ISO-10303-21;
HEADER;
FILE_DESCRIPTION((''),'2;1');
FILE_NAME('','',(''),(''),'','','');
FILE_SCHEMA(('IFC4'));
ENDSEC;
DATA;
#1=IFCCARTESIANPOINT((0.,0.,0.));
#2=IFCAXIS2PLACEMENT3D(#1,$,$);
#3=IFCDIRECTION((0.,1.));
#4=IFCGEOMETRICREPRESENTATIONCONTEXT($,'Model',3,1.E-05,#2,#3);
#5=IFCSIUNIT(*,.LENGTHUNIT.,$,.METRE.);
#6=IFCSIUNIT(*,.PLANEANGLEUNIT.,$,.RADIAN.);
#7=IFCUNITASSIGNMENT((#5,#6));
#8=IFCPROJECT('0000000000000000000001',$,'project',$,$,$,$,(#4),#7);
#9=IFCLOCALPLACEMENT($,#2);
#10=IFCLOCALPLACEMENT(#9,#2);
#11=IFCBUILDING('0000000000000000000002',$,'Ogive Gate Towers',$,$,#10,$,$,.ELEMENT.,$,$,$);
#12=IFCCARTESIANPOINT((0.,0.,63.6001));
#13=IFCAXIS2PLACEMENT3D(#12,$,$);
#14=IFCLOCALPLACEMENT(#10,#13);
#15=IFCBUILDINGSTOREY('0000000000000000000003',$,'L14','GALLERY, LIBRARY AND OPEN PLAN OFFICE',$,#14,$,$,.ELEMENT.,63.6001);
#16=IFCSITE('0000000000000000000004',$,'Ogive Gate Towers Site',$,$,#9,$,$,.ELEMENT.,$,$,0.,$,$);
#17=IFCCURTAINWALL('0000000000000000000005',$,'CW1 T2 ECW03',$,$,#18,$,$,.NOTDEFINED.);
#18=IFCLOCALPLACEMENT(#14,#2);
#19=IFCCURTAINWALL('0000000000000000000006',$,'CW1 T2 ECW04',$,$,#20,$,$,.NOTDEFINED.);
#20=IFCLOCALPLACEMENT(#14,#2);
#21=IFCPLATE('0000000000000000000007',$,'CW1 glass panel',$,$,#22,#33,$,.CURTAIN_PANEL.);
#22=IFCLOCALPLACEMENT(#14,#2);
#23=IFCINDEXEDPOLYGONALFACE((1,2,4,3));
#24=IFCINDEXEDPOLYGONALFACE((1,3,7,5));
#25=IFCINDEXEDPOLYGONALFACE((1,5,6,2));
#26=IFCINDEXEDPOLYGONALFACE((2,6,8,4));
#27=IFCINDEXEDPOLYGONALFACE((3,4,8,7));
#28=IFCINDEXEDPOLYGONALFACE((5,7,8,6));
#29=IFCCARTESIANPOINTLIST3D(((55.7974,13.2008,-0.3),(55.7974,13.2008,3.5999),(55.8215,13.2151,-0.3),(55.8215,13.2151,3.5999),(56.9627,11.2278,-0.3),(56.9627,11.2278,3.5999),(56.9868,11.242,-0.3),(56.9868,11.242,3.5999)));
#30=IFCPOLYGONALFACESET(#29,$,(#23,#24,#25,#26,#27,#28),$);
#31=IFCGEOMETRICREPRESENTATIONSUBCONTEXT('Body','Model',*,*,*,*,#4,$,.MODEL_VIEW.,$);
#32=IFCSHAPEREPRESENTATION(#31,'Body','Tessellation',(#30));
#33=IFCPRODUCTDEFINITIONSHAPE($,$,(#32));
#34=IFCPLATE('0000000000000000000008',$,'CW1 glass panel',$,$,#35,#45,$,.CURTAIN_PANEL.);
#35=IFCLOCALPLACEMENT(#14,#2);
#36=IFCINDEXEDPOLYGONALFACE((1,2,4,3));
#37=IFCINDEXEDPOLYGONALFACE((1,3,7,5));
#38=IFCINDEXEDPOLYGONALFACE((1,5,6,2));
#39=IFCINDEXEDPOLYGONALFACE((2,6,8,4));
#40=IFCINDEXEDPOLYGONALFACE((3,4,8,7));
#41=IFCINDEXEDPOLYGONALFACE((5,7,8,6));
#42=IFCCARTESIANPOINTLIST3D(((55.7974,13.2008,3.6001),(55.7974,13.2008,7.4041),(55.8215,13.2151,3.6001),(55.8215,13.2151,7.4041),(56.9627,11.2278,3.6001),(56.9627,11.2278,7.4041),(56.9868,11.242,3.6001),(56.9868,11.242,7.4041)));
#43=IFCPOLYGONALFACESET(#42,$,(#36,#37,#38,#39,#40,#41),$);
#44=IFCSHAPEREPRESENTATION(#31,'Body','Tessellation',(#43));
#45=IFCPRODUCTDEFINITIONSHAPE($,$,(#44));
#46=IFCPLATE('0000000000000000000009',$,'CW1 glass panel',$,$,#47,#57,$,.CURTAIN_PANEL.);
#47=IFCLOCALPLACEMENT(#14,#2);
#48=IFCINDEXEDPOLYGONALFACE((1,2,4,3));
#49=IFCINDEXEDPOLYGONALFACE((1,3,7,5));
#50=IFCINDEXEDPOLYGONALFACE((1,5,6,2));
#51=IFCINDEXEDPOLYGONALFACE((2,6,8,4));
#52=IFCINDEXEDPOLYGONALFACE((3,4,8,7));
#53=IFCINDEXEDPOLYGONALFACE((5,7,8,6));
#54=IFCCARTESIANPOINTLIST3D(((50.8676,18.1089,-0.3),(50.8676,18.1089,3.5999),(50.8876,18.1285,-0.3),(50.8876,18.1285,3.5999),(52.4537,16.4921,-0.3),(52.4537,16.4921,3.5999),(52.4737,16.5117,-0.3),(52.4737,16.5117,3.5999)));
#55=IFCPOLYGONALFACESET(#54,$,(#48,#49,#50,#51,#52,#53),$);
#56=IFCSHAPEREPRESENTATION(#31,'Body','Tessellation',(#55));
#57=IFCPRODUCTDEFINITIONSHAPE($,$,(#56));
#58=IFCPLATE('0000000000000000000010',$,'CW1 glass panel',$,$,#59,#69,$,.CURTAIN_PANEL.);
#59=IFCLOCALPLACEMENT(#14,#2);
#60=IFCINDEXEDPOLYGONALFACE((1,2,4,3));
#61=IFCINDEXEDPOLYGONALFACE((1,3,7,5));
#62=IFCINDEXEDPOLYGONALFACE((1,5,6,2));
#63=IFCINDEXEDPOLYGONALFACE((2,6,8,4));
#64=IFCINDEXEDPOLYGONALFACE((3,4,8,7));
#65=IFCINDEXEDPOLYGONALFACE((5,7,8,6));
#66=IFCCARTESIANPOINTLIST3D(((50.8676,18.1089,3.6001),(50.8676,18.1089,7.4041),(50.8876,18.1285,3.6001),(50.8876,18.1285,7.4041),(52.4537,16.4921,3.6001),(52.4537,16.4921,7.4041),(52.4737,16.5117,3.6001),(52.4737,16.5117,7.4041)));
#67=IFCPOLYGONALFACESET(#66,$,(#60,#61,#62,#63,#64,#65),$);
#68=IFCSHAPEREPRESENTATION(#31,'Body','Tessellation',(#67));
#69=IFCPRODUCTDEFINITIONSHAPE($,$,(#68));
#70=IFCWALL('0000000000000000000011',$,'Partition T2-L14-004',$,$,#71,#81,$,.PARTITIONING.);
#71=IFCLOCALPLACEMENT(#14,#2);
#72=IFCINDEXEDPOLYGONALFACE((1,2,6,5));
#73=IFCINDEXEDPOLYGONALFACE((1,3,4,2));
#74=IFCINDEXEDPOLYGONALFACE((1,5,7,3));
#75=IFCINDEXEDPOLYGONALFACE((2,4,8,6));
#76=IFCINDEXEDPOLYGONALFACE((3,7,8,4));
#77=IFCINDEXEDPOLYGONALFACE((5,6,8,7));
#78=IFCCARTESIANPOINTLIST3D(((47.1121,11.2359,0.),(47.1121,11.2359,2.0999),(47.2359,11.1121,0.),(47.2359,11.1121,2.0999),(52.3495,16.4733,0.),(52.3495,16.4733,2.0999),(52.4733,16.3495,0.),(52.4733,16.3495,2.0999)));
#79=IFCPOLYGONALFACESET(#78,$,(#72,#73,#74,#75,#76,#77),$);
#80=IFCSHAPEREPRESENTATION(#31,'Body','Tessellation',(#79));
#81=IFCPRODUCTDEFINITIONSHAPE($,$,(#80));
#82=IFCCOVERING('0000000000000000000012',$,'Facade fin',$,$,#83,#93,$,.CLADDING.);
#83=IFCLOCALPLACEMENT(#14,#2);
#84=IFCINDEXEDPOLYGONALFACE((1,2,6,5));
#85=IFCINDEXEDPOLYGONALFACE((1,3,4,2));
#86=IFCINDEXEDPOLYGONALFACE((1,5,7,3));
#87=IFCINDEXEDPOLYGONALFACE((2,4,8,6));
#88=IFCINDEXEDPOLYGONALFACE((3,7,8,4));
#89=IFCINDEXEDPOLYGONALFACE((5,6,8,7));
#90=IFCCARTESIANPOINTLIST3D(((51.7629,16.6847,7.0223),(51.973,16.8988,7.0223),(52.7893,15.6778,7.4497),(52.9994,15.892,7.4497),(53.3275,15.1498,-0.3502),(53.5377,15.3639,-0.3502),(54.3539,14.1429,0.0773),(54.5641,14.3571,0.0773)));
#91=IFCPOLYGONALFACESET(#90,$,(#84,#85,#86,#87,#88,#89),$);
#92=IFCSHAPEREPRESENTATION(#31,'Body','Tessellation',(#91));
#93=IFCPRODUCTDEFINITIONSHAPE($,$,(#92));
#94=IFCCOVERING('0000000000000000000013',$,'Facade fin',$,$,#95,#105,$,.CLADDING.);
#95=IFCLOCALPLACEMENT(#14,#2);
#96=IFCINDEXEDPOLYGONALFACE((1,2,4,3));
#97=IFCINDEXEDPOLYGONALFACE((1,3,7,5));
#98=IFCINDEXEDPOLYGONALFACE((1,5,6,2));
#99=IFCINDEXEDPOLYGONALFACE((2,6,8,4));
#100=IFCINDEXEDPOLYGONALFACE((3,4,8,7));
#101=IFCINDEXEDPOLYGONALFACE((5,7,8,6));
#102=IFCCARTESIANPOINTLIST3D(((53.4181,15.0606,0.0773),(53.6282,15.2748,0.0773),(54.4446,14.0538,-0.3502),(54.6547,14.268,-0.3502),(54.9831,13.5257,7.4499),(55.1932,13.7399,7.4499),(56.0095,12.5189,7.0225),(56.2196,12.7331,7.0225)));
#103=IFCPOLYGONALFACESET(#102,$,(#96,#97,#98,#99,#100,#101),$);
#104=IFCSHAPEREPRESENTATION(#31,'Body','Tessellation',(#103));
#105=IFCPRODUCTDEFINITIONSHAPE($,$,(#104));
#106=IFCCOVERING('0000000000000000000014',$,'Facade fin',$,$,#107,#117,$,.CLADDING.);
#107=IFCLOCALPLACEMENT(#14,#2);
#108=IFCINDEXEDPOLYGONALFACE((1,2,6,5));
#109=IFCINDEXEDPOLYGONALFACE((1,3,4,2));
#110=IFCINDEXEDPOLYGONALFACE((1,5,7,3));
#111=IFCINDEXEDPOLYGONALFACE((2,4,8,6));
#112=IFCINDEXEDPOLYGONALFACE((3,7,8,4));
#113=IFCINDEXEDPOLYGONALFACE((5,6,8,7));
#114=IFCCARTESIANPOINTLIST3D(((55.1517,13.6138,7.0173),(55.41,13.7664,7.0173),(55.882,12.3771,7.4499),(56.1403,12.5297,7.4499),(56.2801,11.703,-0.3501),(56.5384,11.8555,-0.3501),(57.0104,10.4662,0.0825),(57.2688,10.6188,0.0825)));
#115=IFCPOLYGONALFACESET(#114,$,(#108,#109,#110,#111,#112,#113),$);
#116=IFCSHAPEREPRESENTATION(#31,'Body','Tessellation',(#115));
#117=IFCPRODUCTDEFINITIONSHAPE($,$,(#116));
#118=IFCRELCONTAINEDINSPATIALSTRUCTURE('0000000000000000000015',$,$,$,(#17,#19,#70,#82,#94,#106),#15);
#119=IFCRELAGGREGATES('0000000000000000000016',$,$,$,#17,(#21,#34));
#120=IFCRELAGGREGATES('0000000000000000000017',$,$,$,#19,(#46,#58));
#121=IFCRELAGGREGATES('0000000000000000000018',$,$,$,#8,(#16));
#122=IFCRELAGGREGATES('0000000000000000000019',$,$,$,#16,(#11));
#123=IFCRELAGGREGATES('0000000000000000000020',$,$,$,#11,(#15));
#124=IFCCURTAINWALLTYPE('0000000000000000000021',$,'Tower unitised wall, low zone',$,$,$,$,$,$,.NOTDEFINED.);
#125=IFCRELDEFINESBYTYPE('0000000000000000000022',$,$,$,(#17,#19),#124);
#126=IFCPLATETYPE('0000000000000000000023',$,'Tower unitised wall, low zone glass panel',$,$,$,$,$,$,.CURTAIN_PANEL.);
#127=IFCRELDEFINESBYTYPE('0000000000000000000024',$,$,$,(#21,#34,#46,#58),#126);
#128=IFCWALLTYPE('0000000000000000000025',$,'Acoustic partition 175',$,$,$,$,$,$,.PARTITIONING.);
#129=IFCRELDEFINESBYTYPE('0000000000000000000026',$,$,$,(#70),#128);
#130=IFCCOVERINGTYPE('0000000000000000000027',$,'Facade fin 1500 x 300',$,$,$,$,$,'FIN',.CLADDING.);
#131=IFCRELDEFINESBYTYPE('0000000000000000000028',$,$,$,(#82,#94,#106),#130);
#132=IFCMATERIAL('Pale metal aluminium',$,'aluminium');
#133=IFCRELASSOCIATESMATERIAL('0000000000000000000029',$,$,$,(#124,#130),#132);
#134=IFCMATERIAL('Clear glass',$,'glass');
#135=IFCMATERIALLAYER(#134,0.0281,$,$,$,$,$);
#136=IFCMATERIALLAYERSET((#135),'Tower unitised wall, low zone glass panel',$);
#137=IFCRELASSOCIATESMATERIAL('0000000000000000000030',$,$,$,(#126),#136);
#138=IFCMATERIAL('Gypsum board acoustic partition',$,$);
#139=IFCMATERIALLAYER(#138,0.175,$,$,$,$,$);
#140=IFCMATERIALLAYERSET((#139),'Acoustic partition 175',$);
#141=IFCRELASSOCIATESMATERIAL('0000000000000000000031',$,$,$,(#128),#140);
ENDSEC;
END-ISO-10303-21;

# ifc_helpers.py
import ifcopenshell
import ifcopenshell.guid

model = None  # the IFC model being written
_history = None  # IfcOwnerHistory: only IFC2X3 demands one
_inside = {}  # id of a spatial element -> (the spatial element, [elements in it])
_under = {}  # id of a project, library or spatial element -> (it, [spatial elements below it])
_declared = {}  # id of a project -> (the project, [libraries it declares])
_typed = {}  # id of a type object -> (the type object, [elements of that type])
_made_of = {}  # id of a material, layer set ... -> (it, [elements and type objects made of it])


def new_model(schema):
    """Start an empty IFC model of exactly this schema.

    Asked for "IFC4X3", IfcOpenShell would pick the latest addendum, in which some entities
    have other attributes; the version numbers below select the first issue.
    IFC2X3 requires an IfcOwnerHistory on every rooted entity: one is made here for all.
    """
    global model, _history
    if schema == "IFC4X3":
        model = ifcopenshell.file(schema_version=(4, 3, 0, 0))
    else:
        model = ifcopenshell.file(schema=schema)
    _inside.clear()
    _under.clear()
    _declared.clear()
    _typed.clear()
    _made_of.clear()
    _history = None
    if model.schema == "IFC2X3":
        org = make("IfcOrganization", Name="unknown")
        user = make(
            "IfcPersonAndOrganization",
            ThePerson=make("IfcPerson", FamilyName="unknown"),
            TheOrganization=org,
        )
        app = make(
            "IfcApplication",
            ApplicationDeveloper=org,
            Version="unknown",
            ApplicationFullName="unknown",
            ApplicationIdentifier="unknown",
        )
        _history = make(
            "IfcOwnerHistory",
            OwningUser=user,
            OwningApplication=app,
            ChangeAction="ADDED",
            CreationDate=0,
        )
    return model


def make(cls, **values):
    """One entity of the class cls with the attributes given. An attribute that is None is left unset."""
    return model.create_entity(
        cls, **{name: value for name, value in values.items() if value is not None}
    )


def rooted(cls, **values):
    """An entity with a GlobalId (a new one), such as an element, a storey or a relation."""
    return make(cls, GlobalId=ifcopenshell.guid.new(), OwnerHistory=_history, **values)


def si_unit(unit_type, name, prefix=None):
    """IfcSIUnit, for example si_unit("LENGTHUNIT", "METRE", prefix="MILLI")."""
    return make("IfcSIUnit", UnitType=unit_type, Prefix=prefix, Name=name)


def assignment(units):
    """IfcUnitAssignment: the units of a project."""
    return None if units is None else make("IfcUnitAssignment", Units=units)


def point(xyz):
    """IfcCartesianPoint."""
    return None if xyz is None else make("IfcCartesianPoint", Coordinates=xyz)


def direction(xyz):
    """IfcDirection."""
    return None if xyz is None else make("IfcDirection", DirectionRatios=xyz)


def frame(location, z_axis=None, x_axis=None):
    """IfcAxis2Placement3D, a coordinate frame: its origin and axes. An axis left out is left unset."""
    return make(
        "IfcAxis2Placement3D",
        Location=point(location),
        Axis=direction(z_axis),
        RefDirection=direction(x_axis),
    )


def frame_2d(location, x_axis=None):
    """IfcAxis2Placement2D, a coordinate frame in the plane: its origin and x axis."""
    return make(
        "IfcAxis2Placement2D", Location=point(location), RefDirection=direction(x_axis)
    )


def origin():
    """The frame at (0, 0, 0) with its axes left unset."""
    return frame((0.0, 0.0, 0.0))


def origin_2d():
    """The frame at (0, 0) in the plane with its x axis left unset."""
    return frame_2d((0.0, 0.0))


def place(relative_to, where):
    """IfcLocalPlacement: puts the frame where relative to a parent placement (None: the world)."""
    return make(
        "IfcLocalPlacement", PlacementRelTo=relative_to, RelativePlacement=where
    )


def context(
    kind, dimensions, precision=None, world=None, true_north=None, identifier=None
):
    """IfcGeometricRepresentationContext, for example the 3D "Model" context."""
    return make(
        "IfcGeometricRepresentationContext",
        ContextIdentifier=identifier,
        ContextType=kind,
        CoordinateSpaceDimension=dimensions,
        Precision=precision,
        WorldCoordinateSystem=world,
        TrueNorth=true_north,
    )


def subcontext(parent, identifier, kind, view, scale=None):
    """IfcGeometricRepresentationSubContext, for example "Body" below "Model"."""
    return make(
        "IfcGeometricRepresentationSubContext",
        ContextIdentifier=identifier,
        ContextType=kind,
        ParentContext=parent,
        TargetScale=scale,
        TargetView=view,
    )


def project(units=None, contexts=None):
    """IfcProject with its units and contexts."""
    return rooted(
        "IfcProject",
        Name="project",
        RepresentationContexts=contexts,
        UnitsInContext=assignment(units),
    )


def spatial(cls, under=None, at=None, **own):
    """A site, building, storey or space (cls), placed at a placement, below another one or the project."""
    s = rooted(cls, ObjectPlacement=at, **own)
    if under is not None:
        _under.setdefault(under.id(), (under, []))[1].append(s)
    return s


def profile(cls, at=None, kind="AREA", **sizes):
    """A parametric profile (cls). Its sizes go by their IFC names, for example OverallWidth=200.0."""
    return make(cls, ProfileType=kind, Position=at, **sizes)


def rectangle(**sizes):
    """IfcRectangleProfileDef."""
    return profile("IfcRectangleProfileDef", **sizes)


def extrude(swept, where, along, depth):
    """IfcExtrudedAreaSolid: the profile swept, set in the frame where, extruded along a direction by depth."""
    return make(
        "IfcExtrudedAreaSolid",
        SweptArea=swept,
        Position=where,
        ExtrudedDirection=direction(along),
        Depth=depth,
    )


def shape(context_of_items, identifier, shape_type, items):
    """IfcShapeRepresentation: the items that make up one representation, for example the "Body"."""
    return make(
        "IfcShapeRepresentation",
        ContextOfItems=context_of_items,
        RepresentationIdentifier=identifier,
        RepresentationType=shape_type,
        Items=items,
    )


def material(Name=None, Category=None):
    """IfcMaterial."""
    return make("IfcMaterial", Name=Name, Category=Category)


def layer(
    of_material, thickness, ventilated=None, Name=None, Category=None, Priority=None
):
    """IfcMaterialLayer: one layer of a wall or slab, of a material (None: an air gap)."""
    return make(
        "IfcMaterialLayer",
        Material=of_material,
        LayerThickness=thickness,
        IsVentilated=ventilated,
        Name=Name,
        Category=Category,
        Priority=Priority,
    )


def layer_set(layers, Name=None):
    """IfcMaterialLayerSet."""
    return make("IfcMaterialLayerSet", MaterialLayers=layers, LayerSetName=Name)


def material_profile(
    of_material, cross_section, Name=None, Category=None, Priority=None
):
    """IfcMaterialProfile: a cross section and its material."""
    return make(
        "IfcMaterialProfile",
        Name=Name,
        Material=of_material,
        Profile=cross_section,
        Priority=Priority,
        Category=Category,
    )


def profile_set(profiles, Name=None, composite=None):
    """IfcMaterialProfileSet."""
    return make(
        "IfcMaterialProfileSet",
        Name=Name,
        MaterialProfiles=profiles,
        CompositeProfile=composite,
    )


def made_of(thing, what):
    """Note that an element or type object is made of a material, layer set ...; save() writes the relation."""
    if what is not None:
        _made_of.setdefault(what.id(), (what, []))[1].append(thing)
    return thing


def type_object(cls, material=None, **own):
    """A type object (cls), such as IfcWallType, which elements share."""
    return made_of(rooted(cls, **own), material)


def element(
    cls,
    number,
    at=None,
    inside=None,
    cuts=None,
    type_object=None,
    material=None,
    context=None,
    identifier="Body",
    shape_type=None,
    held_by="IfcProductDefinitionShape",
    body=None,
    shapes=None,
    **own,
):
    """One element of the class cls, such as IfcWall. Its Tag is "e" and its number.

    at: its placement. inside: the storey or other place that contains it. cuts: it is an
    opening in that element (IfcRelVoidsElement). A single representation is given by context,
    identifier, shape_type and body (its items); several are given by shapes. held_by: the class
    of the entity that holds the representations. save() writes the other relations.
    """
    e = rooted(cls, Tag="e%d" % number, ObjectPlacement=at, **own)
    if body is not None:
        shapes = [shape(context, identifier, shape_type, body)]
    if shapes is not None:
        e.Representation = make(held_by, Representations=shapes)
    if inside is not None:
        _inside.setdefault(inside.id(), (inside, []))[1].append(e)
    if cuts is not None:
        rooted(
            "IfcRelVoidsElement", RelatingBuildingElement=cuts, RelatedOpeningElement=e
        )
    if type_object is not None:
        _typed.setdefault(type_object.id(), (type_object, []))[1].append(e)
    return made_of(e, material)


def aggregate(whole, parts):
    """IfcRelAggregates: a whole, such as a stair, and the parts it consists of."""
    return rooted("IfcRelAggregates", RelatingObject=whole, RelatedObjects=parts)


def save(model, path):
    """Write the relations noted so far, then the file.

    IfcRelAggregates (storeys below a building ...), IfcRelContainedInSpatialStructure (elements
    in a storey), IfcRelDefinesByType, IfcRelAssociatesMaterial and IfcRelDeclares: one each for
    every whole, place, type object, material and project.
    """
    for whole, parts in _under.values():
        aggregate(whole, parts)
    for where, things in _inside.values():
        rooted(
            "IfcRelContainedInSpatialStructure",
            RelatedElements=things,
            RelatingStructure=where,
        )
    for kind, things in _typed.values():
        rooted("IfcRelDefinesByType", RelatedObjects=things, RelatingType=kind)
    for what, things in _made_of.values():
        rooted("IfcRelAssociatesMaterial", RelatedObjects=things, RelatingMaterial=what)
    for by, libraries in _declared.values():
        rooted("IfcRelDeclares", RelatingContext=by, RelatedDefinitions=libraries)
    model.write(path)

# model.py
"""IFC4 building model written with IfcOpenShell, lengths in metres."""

from ifc_helpers import new_model, si_unit, direction, frame, frame_2d, origin, origin_2d, place, context, subcontext, project, spatial, rectangle, extrude, material, layer, layer_set, material_profile, profile_set, type_object, element, aggregate, save


model = new_model("IFC4")

# Units and contexts
model_context = context("Model", 3, precision=1e-05, world=origin(), true_north=direction((0.0, 1.0)))
body_context = subcontext(model_context, "Body", "Model", "MODEL_VIEW")
ifc_project = project(units=[si_unit("LENGTHUNIT", "METRE"), si_unit("PLANEANGLEUNIT", "RADIAN")], contexts=[model_context])

# Site, building, storey
site_placement = place(None, origin())
site = spatial("IfcSite", under=ifc_project, at=site_placement, Name="Ogive Gate Towers Site", CompositionType="ELEMENT", RefElevation=0.0)
building_placement = place(site_placement, origin())
building = spatial("IfcBuilding", under=site, at=building_placement, Name="Ogive Gate Towers", CompositionType="ELEMENT")
storey_placement = place(building_placement, frame((0.0, 0.0, 63.6001)))
storey = spatial("IfcBuildingStorey", under=building, at=storey_placement, Name="L14", Description="GALLERY, LIBRARY AND OPEN PLAN OFFICE", CompositionType="ELEMENT", Elevation=63.6001)

# Curtain wall
ifc_material_1 = material(Name="Pale metal aluminium", Category="aluminium")
curtain_wall_type = type_object("IfcCurtainWallType", Name="Tower unitised wall, low zone", PredefinedType="NOTDEFINED", material=ifc_material_1)
curtain_wall_1_placement = place(storey_placement, origin())
curtain_wall_1 = element("IfcCurtainWall", 1, at=curtain_wall_1_placement, inside=storey, type_object=curtain_wall_type, Name="CW1 T2 ECW03", PredefinedType="NOTDEFINED")

# Curtain wall
curtain_wall_2_placement = place(storey_placement, origin())
curtain_wall_2 = element("IfcCurtainWall", 2, at=curtain_wall_2_placement, inside=storey, type_object=curtain_wall_type, Name="CW1 T2 ECW04", PredefinedType="NOTDEFINED")

# Plates
ifc_material_2 = material(Name="Clear glass", Category="glass")
ifc_layer_1 = layer(ifc_material_2, 0.0281)
ifc_layer_set_1 = layer_set([ifc_layer_1], Name="Tower unitised wall, low zone glass panel")
plate_type = type_object("IfcPlateType", Name="Tower unitised wall, low zone glass panel", PredefinedType="CURTAIN_PANEL", material=ifc_layer_set_1)
plate_1_placement = place(storey_placement, frame((56.3921, 12.2214, -0.3), z_axis=(0.0, 0.0, 1.0), x_axis=(0.508531, -0.861044, 0.0)))
plate_1 = element("IfcPlate", 3, at=plate_1_placement, type_object=plate_type, Name="CW1 glass panel", PredefinedType="CURTAIN_PANEL", context=body_context, shape_type="SweptSolid", body=[
    extrude(rectangle(XDim=2.2915, YDim=0.0281, at=origin_2d()), origin(), (0.0, 0.0, 1.0), 3.8999),
])
plate_2_placement = place(storey_placement, frame((56.3921, 12.2214, 3.6001), z_axis=(0.0, 0.0, 1.0), x_axis=(0.508531, -0.861044, 0.0)))
plate_2 = element("IfcPlate", 4, at=plate_2_placement, type_object=plate_type, Name="CW1 glass panel", PredefinedType="CURTAIN_PANEL", context=body_context, shape_type="SweptSolid", body=[
    extrude(rectangle(XDim=2.2915, YDim=0.0281, at=origin_2d()), origin(), (0.0, 0.0, 1.0), 3.804),
])
aggregate(curtain_wall_1, [plate_1, plate_2])
plate_3_placement = place(storey_placement, frame((51.6707, 17.3103, -0.3), z_axis=(0.0, 0.0, 1.0), x_axis=(0.700299, -0.71385, 0.0)))
plate_3 = element("IfcPlate", 5, at=plate_3_placement, type_object=plate_type, Name="CW1 glass panel", PredefinedType="CURTAIN_PANEL", context=body_context, shape_type="SweptSolid", body=[
    extrude(rectangle(XDim=2.2649, YDim=0.0281, at=origin_2d()), origin(), (0.0, 0.0, 1.0), 3.8999),
])
plate_4_placement = place(storey_placement, frame((51.6707, 17.3103, 3.6001), z_axis=(0.0, 0.0, 1.0), x_axis=(0.700299, -0.71385, 0.0)))
plate_4 = element("IfcPlate", 6, at=plate_4_placement, type_object=plate_type, Name="CW1 glass panel", PredefinedType="CURTAIN_PANEL", context=body_context, shape_type="SweptSolid", body=[
    extrude(rectangle(XDim=2.2649, YDim=0.0281, at=origin_2d()), origin(), (0.0, 0.0, 1.0), 3.804),
])
aggregate(curtain_wall_2, [plate_3, plate_4])

# Wall
ifc_material_3 = material(Name="Gypsum board acoustic partition")
ifc_layer_2 = layer(ifc_material_3, 0.175)
ifc_layer_set_2 = layer_set([ifc_layer_2], Name="Acoustic partition 175")
wall_type = type_object("IfcWallType", Name="Acoustic partition 175", PredefinedType="PARTITIONING", material=ifc_layer_set_2)
wall_placement = place(storey_placement, frame((52.4114, 16.4114, 0.0), z_axis=(0.0, 0.0, 1.0), x_axis=(-0.707107, -0.707107, 0.0)))
element("IfcWall", 7, at=wall_placement, inside=storey, type_object=wall_type, Name="Partition T2-L14-004", PredefinedType="PARTITIONING", context=body_context, shape_type="SweptSolid", body=[
    extrude(rectangle(XDim=7.4067, YDim=0.175, at=frame_2d((3.7034, 0.0))), origin(), (0.0, 0.0, 1.0), 2.0999),
])

# Coverings
ifc_material_profile_1 = material_profile(ifc_material_1, rectangle(XDim=0.3, YDim=1.5, at=origin_2d()), Name="1500 x 300 pale metal aluminium")
ifc_profile_set_1 = profile_set([ifc_material_profile_1], Name="Pale metal aluminium")
covering_type = type_object("IfcCoveringType", Name="Facade fin 1500 x 300", ElementType="FIN", PredefinedType="CLADDING", material=ifc_profile_set_1)
covering_1_placement = place(storey_placement, frame((53.9458, 14.7534, -0.1365), z_axis=(-0.203433, 0.19956, 0.958536), x_axis=(-0.70028, -0.713869, 0.0)))
element("IfcCovering", 8, at=covering_1_placement, inside=storey, type_object=covering_type, Name="Facade fin", PredefinedType="CLADDING", context=body_context, shape_type="SweptSolid", body=[
    extrude(rectangle(XDim=0.3, YDim=1.5, at=origin_2d()), origin(), (0.0, 0.0, 1.0), 7.6914),
])
covering_2_placement = place(storey_placement, frame((54.0364, 14.6643, -0.1365), z_axis=(0.203463, -0.199559, 0.95853), x_axis=(0.700224, 0.713923, 0.0)))
element("IfcCovering", 9, at=covering_2_placement, inside=storey, type_object=covering_type, Name="Facade fin", PredefinedType="CLADDING", context=body_context, shape_type="SweptSolid", body=[
    extrude(rectangle(XDim=0.3, YDim=1.5, at=origin_2d()), origin(), (0.0, 0.0, 1.0), 7.6917),
])
covering_3_placement = place(storey_placement, frame((56.7744, 11.1609, -0.1338), z_axis=(-0.146654, 0.248348, 0.957505), x_axis=(-0.861073, -0.508481, 0.0)))
element("IfcCovering", 10, at=covering_3_placement, inside=storey, type_object=covering_type, Name="Facade fin", PredefinedType="CLADDING", context=body_context, shape_type="SweptSolid", body=[
    extrude(rectangle(XDim=0.3, YDim=1.5, at=origin_2d()), origin(), (0.0, 0.0, 1.0), 7.6943),
])

save(model, "model.ifc")
